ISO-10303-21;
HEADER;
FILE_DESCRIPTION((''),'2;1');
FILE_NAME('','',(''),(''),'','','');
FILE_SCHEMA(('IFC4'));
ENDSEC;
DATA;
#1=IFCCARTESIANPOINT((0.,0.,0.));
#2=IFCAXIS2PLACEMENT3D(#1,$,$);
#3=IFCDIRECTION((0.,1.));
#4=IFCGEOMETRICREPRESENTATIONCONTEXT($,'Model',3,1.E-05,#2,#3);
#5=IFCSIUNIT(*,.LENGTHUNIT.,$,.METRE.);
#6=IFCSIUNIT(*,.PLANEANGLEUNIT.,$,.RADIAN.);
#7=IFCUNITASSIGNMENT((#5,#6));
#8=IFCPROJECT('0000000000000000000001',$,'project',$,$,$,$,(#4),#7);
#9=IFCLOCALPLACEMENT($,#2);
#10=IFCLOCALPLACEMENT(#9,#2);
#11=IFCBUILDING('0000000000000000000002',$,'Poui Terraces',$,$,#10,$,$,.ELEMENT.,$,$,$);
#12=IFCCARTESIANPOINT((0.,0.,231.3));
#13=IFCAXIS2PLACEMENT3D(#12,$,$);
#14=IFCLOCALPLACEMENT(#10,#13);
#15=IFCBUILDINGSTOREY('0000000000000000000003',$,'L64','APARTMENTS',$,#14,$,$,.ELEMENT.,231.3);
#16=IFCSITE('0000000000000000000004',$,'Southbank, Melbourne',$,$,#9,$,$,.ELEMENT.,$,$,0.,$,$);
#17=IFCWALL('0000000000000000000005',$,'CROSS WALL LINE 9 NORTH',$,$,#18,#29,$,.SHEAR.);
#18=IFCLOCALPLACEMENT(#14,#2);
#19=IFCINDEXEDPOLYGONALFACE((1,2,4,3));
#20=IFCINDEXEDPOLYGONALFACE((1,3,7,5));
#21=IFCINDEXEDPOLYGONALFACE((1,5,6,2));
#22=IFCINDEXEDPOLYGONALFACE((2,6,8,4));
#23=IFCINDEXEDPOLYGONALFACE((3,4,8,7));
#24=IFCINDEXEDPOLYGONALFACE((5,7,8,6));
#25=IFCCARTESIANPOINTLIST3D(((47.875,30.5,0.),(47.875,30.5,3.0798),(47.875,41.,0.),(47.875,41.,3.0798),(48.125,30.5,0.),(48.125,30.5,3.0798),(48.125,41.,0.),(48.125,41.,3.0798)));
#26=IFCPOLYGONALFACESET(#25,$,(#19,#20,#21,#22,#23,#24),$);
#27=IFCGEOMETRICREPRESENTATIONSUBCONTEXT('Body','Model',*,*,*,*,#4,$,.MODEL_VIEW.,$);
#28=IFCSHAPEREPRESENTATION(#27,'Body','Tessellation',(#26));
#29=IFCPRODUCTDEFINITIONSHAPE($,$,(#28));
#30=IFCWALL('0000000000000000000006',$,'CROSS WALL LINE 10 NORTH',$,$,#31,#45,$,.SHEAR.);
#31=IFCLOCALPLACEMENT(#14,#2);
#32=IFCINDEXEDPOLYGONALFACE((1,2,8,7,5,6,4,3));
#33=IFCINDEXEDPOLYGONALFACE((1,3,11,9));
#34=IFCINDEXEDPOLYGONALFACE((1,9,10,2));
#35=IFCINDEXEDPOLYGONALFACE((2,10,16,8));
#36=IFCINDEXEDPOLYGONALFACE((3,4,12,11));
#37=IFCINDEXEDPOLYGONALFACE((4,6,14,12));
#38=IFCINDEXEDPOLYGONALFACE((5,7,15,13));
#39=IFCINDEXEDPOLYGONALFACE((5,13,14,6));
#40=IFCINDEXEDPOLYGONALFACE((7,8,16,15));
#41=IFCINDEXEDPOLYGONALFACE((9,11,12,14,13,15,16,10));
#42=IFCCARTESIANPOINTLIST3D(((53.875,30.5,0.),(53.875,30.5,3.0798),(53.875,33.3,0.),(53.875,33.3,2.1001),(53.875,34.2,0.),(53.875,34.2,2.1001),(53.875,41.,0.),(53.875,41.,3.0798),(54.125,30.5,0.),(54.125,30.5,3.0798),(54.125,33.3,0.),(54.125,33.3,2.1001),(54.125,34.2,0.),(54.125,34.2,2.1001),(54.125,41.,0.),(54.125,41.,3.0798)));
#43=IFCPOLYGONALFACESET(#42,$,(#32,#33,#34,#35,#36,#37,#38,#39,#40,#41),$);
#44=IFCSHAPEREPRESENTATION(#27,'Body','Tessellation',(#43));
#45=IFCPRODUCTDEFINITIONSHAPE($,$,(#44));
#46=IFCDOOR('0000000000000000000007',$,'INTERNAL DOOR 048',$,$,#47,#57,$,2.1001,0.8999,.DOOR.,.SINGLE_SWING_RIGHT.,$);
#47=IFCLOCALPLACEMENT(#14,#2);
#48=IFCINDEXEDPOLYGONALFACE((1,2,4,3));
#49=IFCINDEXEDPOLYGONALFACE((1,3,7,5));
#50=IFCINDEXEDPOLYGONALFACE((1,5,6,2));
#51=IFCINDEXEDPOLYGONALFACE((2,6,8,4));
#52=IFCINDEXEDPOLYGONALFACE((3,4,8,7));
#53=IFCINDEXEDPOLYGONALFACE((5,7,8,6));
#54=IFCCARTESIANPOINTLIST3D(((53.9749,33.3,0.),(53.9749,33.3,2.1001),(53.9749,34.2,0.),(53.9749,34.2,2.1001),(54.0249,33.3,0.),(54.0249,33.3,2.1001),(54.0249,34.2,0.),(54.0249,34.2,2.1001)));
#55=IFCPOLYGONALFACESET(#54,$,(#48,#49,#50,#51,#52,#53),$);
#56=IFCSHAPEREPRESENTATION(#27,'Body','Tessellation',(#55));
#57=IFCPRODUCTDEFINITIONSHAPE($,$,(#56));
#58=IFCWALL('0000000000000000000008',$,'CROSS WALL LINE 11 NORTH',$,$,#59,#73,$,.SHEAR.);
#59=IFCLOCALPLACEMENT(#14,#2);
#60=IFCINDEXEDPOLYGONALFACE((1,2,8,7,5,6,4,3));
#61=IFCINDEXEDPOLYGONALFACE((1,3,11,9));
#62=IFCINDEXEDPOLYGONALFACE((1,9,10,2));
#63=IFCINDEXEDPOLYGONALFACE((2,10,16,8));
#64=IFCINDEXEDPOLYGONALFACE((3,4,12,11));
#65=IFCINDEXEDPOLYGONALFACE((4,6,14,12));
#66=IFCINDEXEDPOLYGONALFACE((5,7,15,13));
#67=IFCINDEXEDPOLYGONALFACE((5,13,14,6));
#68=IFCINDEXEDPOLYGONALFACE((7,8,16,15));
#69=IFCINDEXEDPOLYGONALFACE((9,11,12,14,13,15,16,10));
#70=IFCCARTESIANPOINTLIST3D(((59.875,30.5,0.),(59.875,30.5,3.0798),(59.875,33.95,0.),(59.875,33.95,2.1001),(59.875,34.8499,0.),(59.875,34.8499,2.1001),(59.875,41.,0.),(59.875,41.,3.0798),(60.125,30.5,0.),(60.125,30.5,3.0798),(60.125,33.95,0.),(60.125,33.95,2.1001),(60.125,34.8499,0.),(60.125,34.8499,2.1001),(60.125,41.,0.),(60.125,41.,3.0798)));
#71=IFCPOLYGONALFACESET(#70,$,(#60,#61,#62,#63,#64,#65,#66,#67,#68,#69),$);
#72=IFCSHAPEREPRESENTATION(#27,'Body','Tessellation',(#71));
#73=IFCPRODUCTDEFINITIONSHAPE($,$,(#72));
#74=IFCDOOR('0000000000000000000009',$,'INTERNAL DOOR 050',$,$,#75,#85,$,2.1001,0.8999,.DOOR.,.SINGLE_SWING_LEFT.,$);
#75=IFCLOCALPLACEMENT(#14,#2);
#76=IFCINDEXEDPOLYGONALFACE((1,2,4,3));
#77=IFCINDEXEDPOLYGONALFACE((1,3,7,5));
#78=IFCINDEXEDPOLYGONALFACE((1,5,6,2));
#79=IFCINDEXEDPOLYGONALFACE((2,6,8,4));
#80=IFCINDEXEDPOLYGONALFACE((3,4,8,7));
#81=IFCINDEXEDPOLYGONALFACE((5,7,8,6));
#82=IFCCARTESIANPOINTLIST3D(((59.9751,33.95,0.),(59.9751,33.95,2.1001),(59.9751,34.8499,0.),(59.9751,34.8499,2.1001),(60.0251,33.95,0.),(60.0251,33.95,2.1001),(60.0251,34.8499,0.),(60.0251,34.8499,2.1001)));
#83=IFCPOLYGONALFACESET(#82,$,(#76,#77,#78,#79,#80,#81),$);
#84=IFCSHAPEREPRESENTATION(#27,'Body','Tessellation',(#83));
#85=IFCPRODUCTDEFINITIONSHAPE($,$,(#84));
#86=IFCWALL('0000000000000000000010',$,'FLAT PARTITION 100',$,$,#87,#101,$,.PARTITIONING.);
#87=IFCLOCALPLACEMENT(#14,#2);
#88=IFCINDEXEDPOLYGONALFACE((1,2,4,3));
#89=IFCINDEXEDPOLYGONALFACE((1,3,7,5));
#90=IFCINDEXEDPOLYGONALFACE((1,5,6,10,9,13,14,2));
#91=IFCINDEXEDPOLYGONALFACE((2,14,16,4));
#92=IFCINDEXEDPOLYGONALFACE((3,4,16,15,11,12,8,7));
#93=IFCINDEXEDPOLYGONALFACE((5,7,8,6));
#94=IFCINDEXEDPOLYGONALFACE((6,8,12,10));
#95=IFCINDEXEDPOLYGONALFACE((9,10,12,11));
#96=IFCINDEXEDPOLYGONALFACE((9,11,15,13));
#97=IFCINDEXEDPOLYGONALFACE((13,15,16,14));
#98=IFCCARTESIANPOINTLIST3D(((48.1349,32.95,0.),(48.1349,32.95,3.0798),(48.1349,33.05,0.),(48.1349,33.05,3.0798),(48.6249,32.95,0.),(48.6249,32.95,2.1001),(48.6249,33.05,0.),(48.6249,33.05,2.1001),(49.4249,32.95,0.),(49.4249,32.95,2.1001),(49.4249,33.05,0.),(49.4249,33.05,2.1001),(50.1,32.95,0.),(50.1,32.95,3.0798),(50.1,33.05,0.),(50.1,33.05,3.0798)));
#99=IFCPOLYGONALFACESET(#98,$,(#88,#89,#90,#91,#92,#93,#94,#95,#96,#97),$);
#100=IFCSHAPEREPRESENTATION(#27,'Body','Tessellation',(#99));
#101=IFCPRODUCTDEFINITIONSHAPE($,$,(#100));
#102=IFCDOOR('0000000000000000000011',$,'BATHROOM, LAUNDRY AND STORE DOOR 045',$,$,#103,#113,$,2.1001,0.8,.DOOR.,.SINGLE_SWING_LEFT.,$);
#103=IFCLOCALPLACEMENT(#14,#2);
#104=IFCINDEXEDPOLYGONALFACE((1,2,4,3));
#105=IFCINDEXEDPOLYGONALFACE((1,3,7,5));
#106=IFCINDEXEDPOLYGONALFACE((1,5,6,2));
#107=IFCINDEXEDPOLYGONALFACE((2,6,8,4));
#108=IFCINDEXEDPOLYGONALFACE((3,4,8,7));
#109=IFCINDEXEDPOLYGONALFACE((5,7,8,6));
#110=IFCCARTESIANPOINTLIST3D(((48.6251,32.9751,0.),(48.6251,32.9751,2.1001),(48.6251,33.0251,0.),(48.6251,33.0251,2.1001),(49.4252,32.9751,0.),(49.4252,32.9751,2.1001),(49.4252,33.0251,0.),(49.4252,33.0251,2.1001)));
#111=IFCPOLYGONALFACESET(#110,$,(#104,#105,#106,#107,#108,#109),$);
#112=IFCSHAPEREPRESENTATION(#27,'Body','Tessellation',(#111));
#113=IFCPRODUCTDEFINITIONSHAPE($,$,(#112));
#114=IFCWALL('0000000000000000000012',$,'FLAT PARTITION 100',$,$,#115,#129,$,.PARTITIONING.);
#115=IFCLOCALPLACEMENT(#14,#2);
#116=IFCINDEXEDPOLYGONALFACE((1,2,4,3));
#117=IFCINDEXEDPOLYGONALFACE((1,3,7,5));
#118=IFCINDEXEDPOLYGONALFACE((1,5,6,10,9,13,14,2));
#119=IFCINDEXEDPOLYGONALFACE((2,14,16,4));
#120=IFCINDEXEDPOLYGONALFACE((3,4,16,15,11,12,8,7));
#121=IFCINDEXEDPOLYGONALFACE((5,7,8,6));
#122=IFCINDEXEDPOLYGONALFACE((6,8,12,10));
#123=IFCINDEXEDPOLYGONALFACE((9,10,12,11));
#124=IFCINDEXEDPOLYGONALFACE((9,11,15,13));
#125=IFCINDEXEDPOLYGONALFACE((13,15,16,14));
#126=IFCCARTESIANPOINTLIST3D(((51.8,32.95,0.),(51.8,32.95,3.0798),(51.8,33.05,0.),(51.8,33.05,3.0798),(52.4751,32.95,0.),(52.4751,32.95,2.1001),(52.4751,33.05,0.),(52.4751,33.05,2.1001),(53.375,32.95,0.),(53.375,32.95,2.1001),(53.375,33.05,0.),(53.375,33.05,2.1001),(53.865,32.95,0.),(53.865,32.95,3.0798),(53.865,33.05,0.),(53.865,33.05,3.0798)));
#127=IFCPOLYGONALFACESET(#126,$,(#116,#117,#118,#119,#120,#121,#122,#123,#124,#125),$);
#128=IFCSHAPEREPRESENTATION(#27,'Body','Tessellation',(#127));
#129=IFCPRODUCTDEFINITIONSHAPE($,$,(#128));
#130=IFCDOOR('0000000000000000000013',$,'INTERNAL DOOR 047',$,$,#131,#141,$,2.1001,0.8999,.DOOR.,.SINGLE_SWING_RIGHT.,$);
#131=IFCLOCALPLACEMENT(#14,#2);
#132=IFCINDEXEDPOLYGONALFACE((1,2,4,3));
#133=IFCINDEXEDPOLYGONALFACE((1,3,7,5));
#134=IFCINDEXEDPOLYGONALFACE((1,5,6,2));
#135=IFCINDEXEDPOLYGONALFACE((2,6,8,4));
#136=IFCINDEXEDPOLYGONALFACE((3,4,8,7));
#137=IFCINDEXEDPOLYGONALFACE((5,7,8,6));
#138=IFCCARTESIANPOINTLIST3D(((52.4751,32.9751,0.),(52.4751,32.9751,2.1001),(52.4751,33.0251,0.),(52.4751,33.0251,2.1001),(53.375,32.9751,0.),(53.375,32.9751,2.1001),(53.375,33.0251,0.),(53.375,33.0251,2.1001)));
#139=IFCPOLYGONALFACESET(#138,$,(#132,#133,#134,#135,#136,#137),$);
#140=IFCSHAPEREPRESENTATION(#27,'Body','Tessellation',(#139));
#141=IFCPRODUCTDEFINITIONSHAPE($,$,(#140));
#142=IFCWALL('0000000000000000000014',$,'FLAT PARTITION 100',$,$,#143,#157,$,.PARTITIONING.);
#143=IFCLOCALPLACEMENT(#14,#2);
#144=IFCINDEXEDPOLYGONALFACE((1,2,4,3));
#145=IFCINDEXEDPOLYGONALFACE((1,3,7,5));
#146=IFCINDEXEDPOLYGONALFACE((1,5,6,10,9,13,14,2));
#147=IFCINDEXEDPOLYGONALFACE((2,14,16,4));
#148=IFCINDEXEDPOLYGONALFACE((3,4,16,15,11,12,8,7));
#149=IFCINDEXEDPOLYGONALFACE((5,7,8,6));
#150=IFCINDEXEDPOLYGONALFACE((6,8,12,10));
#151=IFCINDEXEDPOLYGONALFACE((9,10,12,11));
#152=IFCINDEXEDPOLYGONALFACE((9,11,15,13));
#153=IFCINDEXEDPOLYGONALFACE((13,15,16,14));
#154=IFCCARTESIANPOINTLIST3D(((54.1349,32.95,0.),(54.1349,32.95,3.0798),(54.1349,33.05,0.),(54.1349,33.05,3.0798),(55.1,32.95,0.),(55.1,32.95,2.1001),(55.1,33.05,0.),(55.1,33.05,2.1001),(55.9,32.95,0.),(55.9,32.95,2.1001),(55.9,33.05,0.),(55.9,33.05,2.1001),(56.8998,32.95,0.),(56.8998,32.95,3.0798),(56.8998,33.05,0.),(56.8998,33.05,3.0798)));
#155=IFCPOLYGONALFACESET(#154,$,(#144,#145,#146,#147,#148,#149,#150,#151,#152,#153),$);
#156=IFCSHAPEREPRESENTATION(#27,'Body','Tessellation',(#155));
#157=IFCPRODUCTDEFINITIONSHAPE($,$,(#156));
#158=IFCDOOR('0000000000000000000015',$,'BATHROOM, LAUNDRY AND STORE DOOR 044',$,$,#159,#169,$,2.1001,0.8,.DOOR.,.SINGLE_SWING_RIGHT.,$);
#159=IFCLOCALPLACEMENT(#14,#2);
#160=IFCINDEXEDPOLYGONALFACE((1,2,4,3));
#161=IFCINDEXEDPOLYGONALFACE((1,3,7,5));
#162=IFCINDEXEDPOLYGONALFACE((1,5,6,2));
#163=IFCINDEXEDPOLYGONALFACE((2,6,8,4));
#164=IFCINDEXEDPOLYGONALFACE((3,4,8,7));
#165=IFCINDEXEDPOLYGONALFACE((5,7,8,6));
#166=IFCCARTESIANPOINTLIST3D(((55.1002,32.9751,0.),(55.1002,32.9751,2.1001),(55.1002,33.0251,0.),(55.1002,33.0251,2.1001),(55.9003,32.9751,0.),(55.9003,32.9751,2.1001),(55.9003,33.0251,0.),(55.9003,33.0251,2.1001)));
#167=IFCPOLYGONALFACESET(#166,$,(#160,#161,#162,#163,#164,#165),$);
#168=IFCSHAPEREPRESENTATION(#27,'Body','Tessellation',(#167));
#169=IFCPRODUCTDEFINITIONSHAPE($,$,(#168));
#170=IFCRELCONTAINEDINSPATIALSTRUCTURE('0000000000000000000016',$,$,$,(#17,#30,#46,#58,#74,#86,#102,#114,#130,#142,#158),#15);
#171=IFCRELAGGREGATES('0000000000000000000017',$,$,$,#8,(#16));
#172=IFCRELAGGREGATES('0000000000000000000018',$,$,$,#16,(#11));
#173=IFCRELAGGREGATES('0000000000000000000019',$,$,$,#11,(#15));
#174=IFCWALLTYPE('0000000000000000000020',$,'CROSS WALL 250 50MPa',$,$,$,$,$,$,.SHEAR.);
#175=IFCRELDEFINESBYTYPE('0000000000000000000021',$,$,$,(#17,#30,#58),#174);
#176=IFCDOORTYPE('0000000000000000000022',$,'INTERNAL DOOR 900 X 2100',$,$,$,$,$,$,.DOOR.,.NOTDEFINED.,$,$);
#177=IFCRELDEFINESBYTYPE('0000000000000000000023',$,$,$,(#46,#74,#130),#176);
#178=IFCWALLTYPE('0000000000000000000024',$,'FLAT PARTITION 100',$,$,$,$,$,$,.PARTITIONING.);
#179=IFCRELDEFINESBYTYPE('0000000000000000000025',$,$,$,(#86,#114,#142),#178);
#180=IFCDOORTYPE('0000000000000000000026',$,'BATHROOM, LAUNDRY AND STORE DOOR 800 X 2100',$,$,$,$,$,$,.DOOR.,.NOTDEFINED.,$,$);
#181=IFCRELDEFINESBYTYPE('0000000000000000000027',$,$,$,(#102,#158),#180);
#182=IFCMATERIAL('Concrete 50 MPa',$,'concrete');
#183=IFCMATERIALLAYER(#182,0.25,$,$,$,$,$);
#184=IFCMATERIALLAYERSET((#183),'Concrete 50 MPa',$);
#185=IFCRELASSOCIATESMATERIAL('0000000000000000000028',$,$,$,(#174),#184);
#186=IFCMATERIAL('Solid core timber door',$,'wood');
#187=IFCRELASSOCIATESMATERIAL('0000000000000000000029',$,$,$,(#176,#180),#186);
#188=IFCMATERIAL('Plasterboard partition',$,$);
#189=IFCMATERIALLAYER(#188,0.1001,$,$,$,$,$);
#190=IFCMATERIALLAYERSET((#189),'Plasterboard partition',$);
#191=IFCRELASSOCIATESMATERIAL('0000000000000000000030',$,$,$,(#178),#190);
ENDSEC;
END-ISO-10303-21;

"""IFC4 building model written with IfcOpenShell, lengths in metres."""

from ifc_helpers import new_model, si_unit, direction, frame, frame_2d, origin, place, context, subcontext, project, spatial, rectangle, extrude, material, layer, layer_set, type_object, element, fill, save


model = new_model("IFC4")

# Units and contexts
model_context = context("Model", 3, precision=1e-05, world=origin(), true_north=direction((0.0, 1.0)))
body_context = subcontext(model_context, "Body", "Model", "MODEL_VIEW")
ifc_project = project(units=[si_unit("LENGTHUNIT", "METRE"), si_unit("PLANEANGLEUNIT", "RADIAN")], contexts=[model_context])

# Site, building, storey
site_placement = place(None, origin())
site = spatial("IfcSite", under=ifc_project, at=site_placement, Name="Southbank, Melbourne", CompositionType="ELEMENT", RefElevation=0.0)
building_placement = place(site_placement, origin())
building = spatial("IfcBuilding", under=site, at=building_placement, Name="Poui Terraces", CompositionType="ELEMENT")
storey_placement = place(building_placement, frame((0.0, 0.0, 231.3)))
storey = spatial("IfcBuildingStorey", under=building, at=storey_placement, Name="L64", Description="APARTMENTS", CompositionType="ELEMENT", Elevation=231.3)

# Wall
ifc_material_1 = material(Name="Concrete 50 MPa", Category="concrete")
ifc_layer_1 = layer(ifc_material_1, 0.25)
ifc_layer_set_1 = layer_set([ifc_layer_1], Name="Concrete 50 MPa")
wall_type_1 = type_object("IfcWallType", Name="CROSS WALL 250 50MPa", PredefinedType="SHEAR", material=ifc_layer_set_1)
wall_1_placement = place(storey_placement, frame((48.0, 30.5, 0.0), z_axis=(0.0, 0.0, 1.0), x_axis=(0.0, 1.0, 0.0)))
element("IfcWall", 1, at=wall_1_placement, inside=storey, type_object=wall_type_1, Name="CROSS WALL LINE 9 NORTH", PredefinedType="SHEAR", context=body_context, shape_type="SweptSolid", body=[
    extrude(rectangle(XDim=10.5, YDim=0.25, at=frame_2d((5.25, 0.0))), origin(), (0.0, 0.0, 1.0), 3.0798),
])

# Walls, openings, doors
wall_2_placement = place(storey_placement, frame((54.0, 30.5, 0.0), z_axis=(0.0, 0.0, 1.0), x_axis=(0.0, 1.0, 0.0)))
wall_2 = element("IfcWall", 2, at=wall_2_placement, inside=storey, type_object=wall_type_1, Name="CROSS WALL LINE 10 NORTH", PredefinedType="SHEAR", context=body_context, shape_type="SweptSolid", body=[
    extrude(rectangle(XDim=10.5, YDim=0.25, at=frame_2d((5.25, 0.0))), origin(), (0.0, 0.0, 1.0), 3.0798),
])
opening_1_placement = place(wall_2_placement, frame((2.8, 0.0, 0.0)))
opening_1 = element("IfcOpeningElement", 3, at=opening_1_placement, cuts=wall_2, PredefinedType="OPENING", context=body_context, shape_type="SweptSolid", body=[
    extrude(rectangle(XDim=0.8999, YDim=2.1001, at=frame_2d((0.45, 1.05))), frame((0.0, 0.135, 0.0), z_axis=(0.0, -1.0, 0.0), x_axis=(1.0, 0.0, 0.0)), (0.0, 0.0, 1.0), 0.27),
])
ifc_material_2 = material(Name="Solid core timber door", Category="wood")
door_type_1 = type_object("IfcDoorType", Name="INTERNAL DOOR 900 X 2100", OperationType="NOTDEFINED", PredefinedType="DOOR", material=ifc_material_2)
door_1_placement = place(opening_1_placement, frame((0.8999, 0.0, 0.0), z_axis=(0.0, 0.0, 1.0), x_axis=(-1.0, 0.0, 0.0)))
door_1 = element("IfcDoor", 4, at=door_1_placement, inside=storey, type_object=door_type_1, Name="INTERNAL DOOR 048", OperationType="SINGLE_SWING_RIGHT", OverallHeight=2.1001, OverallWidth=0.8999, PredefinedType="DOOR", context=body_context, shape_type="SweptSolid", body=[
    extrude(rectangle(XDim=0.8999, YDim=2.1001, at=frame_2d((0.45, 1.05))), frame((0.0, 0.0249, 0.0), z_axis=(0.0, -1.0, 0.0), x_axis=(1.0, 0.0, 0.0)), (0.0, 0.0, 1.0), 0.05),
])
fill(opening_1, door_1)
wall_3_placement = place(storey_placement, frame((60.0, 30.5, 0.0), z_axis=(0.0, 0.0, 1.0), x_axis=(0.0, 1.0, 0.0)))
wall_3 = element("IfcWall", 5, at=wall_3_placement, inside=storey, type_object=wall_type_1, Name="CROSS WALL LINE 11 NORTH", PredefinedType="SHEAR", context=body_context, shape_type="SweptSolid", body=[
    extrude(rectangle(XDim=10.5, YDim=0.25, at=frame_2d((5.25, 0.0))), origin(), (0.0, 0.0, 1.0), 3.0798),
])
opening_2_placement = place(wall_3_placement, frame((3.45, 0.0, 0.0)))
opening_2 = element("IfcOpeningElement", 6, at=opening_2_placement, cuts=wall_3, PredefinedType="OPENING", context=body_context, shape_type="SweptSolid", body=[
    extrude(rectangle(XDim=0.8999, YDim=2.1001, at=frame_2d((0.45, 1.05))), frame((0.0, 0.135, 0.0), z_axis=(0.0, -1.0, 0.0), x_axis=(1.0, 0.0, 0.0)), (0.0, 0.0, 1.0), 0.27),
])
door_2_placement = place(opening_2_placement, origin())
door_2 = element("IfcDoor", 7, at=door_2_placement, inside=storey, type_object=door_type_1, Name="INTERNAL DOOR 050", OperationType="SINGLE_SWING_LEFT", OverallHeight=2.1001, OverallWidth=0.8999, PredefinedType="DOOR", context=body_context, shape_type="SweptSolid", body=[
    extrude(rectangle(XDim=0.8999, YDim=2.1001, at=frame_2d((0.45, 1.05))), frame((0.0, 0.0249, 0.0), z_axis=(0.0, -1.0, 0.0), x_axis=(1.0, 0.0, 0.0)), (0.0, 0.0, 1.0), 0.05),
])
fill(opening_2, door_2)
ifc_material_3 = material(Name="Plasterboard partition")
ifc_layer_2 = layer(ifc_material_3, 0.1001)
ifc_layer_set_2 = layer_set([ifc_layer_2], Name="Plasterboard partition")
wall_type_2 = type_object("IfcWallType", Name="FLAT PARTITION 100", PredefinedType="PARTITIONING", material=ifc_layer_set_2)
wall_4_placement = place(storey_placement, frame((48.135, 33.0, 0.0), z_axis=(0.0, 0.0, 1.0), x_axis=(1.0, 0.0, 0.0)))
wall_4 = element("IfcWall", 8, at=wall_4_placement, inside=storey, type_object=wall_type_2, Name="FLAT PARTITION 100", PredefinedType="PARTITIONING", context=body_context, shape_type="SweptSolid", body=[
    extrude(rectangle(XDim=1.9651, YDim=0.1001, at=frame_2d((0.9824, 0.0))), origin(), (0.0, 0.0, 1.0), 3.0798),
])
opening_3_placement = place(wall_4_placement, frame((0.49, 0.0, 0.0)))
opening_3 = element("IfcOpeningElement", 9, at=opening_3_placement, cuts=wall_4, PredefinedType="OPENING", context=body_context, shape_type="SweptSolid", body=[
    extrude(rectangle(XDim=0.8, YDim=2.1001, at=frame_2d((0.3999, 1.05))), frame((0.0, 0.0601, 0.0), z_axis=(0.0, -1.0, 0.0), x_axis=(1.0, 0.0, 0.0)), (0.0, 0.0, 1.0), 0.1201),
])
door_type_2 = type_object("IfcDoorType", Name="BATHROOM, LAUNDRY AND STORE DOOR 800 X 2100", OperationType="NOTDEFINED", PredefinedType="DOOR", material=ifc_material_2)
door_3_placement = place(opening_3_placement, frame((0.8, 0.0, 0.0), z_axis=(0.0, 0.0, 1.0), x_axis=(-1.0, 0.0, 0.0)))
door_3 = element("IfcDoor", 10, at=door_3_placement, inside=storey, type_object=door_type_2, Name="BATHROOM, LAUNDRY AND STORE DOOR 045", OperationType="SINGLE_SWING_LEFT", OverallHeight=2.1001, OverallWidth=0.8, PredefinedType="DOOR", context=body_context, shape_type="SweptSolid", body=[
    extrude(rectangle(XDim=0.8, YDim=2.1001, at=frame_2d((0.3999, 1.05))), frame((0.0, 0.0249, 0.0), z_axis=(0.0, -1.0, 0.0), x_axis=(1.0, 0.0, 0.0)), (0.0, 0.0, 1.0), 0.05),
])
fill(opening_3, door_3)
wall_5_placement = place(storey_placement, frame((51.8, 33.0, 0.0), z_axis=(0.0, 0.0, 1.0), x_axis=(1.0, 0.0, 0.0)))
wall_5 = element("IfcWall", 11, at=wall_5_placement, inside=storey, type_object=wall_type_2, Name="FLAT PARTITION 100", PredefinedType="PARTITIONING", context=body_context, shape_type="SweptSolid", body=[
    extrude(rectangle(XDim=2.0649, YDim=0.1001, at=frame_2d((1.0325, 0.0))), origin(), (0.0, 0.0, 1.0), 3.0798),
])
opening_4_placement = place(wall_5_placement, frame((0.675, 0.0, 0.0)))
opening_4 = element("IfcOpeningElement", 12, at=opening_4_placement, cuts=wall_5, PredefinedType="OPENING", context=body_context, shape_type="SweptSolid", body=[
    extrude(rectangle(XDim=0.8999, YDim=2.1001, at=frame_2d((0.45, 1.05))), frame((0.0, 0.0601, 0.0), z_axis=(0.0, -1.0, 0.0), x_axis=(1.0, 0.0, 0.0)), (0.0, 0.0, 1.0), 0.1201),
])
door_4_placement = place(opening_4_placement, frame((0.8999, 0.0, 0.0), z_axis=(0.0, 0.0, 1.0), x_axis=(-1.0, 0.0, 0.0)))
door_4 = element("IfcDoor", 13, at=door_4_placement, inside=storey, type_object=door_type_1, Name="INTERNAL DOOR 047", OperationType="SINGLE_SWING_RIGHT", OverallHeight=2.1001, OverallWidth=0.8999, PredefinedType="DOOR", context=body_context, shape_type="SweptSolid", body=[
    extrude(rectangle(XDim=0.8999, YDim=2.1001, at=frame_2d((0.45, 1.05))), frame((0.0, 0.0249, 0.0), z_axis=(0.0, -1.0, 0.0), x_axis=(1.0, 0.0, 0.0)), (0.0, 0.0, 1.0), 0.05),
])
fill(opening_4, door_4)
wall_6_placement = place(storey_placement, frame((54.135, 33.0, 0.0), z_axis=(0.0, 0.0, 1.0), x_axis=(1.0, 0.0, 0.0)))
wall_6 = element("IfcWall", 14, at=wall_6_placement, inside=storey, type_object=wall_type_2, Name="FLAT PARTITION 100", PredefinedType="PARTITIONING", context=body_context, shape_type="SweptSolid", body=[
    extrude(rectangle(XDim=2.7649, YDim=0.1001, at=frame_2d((1.3823, 0.0))), origin(), (0.0, 0.0, 1.0), 3.0798),
])
opening_5_placement = place(wall_6_placement, frame((0.9651, 0.0, 0.0)))
opening_5 = element("IfcOpeningElement", 15, at=opening_5_placement, cuts=wall_6, PredefinedType="OPENING", context=body_context, shape_type="SweptSolid", body=[
    extrude(rectangle(XDim=0.8, YDim=2.1001, at=frame_2d((0.3999, 1.05))), frame((0.0, 0.0601, 0.0), z_axis=(0.0, -1.0, 0.0), x_axis=(1.0, 0.0, 0.0)), (0.0, 0.0, 1.0), 0.1201),
])
door_5_placement = place(opening_5_placement, frame((0.8, 0.0, 0.0), z_axis=(0.0, 0.0, 1.0), x_axis=(-1.0, 0.0, 0.0)))
door_5 = element("IfcDoor", 16, at=door_5_placement, inside=storey, type_object=door_type_2, Name="BATHROOM, LAUNDRY AND STORE DOOR 044", OperationType="SINGLE_SWING_RIGHT", OverallHeight=2.1001, OverallWidth=0.8, PredefinedType="DOOR", context=body_context, shape_type="SweptSolid", body=[
    extrude(rectangle(XDim=0.8, YDim=2.1001, at=frame_2d((0.3999, 1.05))), frame((0.0, 0.0249, 0.0), z_axis=(0.0, -1.0, 0.0), x_axis=(1.0, 0.0, 0.0)), (0.0, 0.0, 1.0), 0.05),
])
fill(opening_5, door_5)

save(model, "model.ifc")
